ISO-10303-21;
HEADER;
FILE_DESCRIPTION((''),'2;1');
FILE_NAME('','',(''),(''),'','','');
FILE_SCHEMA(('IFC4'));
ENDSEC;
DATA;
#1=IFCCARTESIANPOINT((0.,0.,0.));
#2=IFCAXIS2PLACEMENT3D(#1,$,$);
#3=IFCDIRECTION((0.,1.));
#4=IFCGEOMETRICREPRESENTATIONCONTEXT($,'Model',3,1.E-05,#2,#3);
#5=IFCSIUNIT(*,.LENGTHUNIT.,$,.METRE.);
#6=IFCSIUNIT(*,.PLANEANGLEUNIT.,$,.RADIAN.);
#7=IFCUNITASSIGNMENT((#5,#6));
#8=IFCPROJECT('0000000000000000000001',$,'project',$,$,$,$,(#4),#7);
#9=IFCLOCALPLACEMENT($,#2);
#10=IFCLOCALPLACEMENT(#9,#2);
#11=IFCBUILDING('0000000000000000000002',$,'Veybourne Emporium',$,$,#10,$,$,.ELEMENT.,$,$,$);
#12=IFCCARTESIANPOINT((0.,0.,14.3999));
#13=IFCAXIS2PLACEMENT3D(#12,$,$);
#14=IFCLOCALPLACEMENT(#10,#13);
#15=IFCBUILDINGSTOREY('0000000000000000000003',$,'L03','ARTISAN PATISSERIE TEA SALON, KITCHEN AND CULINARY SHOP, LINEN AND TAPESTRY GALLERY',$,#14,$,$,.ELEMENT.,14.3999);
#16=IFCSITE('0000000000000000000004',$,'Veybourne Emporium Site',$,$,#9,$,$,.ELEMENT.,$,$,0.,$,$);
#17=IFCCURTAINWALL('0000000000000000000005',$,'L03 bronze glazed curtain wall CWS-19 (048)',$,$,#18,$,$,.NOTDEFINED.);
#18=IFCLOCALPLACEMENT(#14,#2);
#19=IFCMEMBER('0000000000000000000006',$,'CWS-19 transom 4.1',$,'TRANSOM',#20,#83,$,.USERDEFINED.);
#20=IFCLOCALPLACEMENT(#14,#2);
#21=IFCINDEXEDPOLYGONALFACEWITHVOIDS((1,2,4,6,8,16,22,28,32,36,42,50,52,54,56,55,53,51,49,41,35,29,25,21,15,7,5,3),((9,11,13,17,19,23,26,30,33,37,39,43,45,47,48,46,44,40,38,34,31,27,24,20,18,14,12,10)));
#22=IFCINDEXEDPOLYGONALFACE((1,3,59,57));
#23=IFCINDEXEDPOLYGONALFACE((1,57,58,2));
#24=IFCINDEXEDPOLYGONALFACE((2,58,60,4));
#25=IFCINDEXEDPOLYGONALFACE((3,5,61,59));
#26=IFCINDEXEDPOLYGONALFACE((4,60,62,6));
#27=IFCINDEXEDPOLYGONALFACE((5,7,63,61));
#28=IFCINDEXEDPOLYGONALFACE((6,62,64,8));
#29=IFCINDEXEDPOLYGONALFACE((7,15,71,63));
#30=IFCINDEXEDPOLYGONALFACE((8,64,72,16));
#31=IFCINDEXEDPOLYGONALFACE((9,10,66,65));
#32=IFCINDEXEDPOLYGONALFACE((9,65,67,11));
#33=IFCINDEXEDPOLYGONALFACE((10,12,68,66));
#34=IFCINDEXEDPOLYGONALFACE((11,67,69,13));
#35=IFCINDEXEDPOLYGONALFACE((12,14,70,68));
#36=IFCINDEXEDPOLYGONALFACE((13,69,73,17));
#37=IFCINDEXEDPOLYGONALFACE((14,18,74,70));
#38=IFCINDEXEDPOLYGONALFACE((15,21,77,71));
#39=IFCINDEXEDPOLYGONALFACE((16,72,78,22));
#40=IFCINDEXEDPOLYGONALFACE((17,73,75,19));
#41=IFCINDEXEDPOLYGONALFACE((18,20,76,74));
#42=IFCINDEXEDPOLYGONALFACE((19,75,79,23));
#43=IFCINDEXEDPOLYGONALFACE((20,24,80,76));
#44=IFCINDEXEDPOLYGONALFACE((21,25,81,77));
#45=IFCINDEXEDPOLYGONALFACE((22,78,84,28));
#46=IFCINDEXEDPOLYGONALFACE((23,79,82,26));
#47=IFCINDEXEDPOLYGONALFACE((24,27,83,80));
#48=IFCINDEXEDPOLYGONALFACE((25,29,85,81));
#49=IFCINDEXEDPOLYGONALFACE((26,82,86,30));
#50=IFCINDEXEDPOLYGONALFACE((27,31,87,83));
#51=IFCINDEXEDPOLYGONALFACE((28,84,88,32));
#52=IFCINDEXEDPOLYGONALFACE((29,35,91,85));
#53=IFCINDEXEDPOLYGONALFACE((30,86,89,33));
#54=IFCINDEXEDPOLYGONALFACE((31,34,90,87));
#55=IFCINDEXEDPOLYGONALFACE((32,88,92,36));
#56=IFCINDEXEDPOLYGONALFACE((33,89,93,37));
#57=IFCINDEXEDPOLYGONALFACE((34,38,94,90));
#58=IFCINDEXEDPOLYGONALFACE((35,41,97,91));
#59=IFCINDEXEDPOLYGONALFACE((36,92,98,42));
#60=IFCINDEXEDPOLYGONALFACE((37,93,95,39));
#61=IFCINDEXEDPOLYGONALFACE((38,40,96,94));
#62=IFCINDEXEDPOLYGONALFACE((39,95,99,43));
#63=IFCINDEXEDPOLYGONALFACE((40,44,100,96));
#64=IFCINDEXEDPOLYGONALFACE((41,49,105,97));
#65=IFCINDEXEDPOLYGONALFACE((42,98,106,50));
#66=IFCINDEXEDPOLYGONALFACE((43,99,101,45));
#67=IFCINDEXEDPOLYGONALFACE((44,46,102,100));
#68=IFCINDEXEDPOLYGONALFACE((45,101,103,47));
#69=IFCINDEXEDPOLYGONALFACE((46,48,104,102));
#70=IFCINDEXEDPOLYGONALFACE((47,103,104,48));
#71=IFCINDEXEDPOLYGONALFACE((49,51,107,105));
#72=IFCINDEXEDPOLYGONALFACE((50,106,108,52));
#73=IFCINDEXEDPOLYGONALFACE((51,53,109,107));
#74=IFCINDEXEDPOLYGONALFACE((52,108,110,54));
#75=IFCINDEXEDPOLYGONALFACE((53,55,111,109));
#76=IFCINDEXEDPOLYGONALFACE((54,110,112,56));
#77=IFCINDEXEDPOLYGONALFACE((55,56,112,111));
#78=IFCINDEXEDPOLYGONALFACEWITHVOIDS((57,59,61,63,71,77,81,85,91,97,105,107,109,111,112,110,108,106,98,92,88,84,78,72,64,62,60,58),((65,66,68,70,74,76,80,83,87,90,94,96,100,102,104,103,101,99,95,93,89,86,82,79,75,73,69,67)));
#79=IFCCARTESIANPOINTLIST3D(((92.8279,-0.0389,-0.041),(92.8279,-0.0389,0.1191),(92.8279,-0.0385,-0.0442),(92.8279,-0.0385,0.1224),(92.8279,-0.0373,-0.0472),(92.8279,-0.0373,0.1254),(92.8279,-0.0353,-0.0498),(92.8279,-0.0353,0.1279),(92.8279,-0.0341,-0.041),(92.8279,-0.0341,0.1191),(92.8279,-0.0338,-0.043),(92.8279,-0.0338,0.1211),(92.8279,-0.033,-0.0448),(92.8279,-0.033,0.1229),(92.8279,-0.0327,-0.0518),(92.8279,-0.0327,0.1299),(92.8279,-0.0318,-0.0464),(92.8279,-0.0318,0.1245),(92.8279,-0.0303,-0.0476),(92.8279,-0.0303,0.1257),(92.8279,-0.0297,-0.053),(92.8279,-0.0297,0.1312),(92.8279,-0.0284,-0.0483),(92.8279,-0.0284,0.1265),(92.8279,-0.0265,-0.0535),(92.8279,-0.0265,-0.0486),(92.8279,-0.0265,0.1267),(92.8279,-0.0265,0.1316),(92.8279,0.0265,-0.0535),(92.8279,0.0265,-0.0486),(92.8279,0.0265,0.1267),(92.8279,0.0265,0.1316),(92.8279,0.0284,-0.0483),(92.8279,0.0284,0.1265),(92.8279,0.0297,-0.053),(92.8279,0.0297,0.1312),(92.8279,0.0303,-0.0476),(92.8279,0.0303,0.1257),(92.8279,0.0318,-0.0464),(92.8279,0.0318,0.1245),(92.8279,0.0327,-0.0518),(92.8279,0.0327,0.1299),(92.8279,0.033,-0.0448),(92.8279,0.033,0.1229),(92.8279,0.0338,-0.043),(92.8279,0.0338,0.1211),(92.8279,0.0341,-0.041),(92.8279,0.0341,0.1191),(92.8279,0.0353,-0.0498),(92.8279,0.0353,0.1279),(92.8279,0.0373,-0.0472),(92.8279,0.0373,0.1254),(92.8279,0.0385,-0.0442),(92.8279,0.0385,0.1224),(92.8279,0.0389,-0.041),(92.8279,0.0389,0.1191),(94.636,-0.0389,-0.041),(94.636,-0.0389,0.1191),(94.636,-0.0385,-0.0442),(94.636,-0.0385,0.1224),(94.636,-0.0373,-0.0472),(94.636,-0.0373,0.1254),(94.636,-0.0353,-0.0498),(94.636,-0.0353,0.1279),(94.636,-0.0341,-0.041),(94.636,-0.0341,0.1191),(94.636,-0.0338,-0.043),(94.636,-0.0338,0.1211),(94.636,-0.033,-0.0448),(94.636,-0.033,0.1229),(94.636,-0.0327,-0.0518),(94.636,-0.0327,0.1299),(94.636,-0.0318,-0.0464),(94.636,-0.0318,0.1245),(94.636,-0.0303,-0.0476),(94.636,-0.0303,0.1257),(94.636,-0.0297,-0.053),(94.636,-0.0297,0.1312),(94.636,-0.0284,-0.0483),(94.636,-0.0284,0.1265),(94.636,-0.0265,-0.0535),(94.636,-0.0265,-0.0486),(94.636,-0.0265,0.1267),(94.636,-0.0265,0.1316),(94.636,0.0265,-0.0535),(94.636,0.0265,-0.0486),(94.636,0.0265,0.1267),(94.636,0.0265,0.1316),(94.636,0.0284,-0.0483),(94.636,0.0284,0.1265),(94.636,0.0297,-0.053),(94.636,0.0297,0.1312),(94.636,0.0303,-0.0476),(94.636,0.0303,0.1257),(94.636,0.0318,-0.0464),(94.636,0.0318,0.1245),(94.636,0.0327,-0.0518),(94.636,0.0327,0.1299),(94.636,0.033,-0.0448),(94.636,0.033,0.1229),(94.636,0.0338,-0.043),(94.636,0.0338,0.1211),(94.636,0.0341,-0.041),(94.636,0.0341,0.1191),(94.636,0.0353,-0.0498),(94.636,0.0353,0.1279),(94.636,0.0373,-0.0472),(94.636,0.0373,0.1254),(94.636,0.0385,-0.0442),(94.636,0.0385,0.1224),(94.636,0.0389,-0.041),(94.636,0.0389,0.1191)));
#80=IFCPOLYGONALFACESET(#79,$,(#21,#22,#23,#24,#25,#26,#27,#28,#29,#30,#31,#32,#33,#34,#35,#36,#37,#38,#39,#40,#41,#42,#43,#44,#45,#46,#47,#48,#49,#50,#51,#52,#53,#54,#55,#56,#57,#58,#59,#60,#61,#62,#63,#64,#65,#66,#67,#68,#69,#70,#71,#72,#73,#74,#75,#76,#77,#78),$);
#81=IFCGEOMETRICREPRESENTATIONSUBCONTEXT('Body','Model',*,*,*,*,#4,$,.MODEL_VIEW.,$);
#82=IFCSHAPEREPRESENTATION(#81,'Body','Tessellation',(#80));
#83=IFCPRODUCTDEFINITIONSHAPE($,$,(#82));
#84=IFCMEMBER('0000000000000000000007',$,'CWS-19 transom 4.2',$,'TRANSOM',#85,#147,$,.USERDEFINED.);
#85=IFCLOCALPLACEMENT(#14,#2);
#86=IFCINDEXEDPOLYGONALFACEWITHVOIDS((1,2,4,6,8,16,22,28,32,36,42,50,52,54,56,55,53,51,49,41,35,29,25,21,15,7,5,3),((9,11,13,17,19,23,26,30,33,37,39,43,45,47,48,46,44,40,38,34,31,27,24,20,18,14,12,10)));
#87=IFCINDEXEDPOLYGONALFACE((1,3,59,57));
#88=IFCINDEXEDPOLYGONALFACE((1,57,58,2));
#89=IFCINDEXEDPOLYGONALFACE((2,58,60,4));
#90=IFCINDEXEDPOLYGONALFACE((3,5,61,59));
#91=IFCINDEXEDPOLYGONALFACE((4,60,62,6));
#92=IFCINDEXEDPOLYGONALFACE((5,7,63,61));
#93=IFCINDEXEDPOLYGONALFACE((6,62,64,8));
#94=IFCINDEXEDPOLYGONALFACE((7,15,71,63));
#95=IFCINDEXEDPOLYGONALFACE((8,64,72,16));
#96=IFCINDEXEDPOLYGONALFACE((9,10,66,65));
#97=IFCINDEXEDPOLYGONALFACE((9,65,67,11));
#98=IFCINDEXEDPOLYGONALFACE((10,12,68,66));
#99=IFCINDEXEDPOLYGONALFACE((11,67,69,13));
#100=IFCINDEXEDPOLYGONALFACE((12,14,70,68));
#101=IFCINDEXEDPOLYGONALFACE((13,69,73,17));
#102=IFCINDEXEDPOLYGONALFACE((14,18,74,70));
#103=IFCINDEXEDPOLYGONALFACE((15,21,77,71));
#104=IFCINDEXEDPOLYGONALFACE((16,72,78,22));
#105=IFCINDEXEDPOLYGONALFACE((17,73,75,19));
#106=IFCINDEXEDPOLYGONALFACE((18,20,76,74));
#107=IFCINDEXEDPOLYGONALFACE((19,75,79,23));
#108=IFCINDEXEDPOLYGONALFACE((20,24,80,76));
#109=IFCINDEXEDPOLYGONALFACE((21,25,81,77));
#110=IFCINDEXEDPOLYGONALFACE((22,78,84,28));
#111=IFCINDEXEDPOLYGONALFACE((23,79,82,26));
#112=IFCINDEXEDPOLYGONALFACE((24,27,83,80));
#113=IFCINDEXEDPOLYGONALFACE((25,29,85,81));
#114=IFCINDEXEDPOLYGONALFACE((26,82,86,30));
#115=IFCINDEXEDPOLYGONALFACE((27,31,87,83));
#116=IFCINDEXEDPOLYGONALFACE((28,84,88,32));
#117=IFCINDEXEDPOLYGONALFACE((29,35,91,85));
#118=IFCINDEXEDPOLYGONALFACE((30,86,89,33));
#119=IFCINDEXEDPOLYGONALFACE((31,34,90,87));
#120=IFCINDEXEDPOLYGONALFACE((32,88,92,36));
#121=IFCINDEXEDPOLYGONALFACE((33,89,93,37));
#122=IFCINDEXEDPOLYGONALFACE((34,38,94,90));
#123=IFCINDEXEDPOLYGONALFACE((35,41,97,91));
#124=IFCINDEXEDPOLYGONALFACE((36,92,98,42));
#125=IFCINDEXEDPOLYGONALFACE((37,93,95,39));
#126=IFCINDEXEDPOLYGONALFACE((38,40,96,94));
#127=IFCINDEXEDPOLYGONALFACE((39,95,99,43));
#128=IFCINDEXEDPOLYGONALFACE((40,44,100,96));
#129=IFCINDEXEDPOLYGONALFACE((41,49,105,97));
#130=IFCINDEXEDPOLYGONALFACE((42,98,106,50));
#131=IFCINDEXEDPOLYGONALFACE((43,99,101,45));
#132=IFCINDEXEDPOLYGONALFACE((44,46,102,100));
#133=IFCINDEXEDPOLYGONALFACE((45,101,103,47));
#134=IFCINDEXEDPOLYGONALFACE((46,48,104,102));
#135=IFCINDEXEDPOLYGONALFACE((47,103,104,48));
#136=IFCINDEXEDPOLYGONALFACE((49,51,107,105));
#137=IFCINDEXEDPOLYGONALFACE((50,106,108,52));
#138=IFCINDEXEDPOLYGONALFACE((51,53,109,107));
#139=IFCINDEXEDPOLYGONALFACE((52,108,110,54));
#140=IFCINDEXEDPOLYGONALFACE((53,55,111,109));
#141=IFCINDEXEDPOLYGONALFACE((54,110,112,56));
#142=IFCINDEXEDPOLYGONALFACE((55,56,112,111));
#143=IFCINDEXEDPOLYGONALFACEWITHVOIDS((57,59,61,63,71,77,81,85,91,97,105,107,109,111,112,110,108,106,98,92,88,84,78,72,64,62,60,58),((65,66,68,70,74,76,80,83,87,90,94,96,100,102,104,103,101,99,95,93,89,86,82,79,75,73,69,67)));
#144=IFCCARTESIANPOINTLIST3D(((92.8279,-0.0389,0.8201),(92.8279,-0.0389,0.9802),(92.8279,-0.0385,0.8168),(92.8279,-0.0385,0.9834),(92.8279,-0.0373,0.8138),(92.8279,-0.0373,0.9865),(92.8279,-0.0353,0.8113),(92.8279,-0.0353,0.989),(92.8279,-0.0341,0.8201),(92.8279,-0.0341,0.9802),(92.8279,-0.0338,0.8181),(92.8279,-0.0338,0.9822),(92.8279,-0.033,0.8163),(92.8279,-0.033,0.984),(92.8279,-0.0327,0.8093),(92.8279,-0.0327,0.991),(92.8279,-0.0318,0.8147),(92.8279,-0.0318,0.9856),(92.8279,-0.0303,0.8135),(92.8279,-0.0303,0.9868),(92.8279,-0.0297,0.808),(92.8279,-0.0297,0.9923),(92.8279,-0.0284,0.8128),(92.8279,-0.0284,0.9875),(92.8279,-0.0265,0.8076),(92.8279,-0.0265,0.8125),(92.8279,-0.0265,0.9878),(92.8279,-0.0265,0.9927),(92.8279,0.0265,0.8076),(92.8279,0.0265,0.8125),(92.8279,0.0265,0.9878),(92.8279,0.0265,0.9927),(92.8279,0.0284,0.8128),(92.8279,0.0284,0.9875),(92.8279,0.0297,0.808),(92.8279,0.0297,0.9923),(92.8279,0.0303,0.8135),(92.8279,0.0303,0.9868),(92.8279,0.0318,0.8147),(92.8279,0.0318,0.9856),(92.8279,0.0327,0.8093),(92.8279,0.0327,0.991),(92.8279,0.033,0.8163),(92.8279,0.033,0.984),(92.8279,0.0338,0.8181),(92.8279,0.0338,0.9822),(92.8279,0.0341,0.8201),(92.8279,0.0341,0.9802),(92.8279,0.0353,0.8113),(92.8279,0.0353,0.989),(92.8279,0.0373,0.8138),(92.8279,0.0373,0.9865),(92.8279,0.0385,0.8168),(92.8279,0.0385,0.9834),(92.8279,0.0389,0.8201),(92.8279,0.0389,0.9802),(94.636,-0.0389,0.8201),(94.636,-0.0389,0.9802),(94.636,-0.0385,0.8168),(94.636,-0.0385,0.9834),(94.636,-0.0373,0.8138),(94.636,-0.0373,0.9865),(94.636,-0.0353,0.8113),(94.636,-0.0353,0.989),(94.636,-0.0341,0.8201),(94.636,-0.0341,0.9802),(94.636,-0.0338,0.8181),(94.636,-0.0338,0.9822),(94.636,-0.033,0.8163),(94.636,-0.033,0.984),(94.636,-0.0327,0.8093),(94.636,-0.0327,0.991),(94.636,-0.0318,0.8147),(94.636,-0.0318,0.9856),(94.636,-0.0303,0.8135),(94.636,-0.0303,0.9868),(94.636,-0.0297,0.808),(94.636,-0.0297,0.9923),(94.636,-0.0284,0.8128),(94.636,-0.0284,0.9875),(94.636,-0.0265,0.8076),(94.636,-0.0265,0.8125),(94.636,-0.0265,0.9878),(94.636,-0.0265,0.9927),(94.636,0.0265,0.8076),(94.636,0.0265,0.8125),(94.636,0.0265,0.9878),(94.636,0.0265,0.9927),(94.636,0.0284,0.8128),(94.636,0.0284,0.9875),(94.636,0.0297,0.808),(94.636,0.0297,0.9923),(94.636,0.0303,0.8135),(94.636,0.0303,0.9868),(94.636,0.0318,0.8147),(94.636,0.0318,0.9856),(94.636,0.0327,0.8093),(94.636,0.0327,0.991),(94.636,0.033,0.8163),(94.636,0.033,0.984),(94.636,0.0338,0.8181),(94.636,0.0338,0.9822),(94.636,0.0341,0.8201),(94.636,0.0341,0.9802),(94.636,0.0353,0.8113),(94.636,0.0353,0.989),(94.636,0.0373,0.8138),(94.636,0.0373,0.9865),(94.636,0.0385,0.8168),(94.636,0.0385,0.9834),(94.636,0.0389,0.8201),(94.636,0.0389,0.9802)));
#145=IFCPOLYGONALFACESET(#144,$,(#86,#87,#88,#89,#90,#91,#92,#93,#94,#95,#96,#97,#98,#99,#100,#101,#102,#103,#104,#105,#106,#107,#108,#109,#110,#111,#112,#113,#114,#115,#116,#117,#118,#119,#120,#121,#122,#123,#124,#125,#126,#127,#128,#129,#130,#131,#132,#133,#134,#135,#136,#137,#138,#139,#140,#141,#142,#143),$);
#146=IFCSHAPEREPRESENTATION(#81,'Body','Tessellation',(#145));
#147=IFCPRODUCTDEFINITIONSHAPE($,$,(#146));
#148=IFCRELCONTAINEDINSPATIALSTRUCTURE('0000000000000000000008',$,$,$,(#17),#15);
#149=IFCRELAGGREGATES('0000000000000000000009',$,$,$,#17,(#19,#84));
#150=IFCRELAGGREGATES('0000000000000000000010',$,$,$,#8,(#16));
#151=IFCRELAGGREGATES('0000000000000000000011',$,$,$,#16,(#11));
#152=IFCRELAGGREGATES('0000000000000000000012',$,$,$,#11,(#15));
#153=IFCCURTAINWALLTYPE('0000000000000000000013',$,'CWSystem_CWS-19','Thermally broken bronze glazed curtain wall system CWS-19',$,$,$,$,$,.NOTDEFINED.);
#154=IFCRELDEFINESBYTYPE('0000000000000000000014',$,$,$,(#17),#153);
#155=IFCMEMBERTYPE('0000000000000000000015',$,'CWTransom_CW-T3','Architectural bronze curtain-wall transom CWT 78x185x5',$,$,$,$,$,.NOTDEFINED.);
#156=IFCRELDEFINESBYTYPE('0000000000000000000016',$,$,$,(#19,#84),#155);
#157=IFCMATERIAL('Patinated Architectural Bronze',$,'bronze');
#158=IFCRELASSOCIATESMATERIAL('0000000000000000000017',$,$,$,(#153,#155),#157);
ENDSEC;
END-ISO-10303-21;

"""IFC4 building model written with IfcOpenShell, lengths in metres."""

from ifc_helpers import new_model, si_unit, direction, frame, origin, origin_2d, place, context, subcontext, project, spatial, hollow_rectangle, extrude, material, material_profile, profile_set, type_object, element, aggregate, save


model = new_model("IFC4")

# Units and contexts
model_context = context("Model", 3, precision=1e-05, world=origin(), true_north=direction((0.0, 1.0)))
body_context = subcontext(model_context, "Body", "Model", "MODEL_VIEW")
ifc_project = project(units=[si_unit("LENGTHUNIT", "METRE"), si_unit("PLANEANGLEUNIT", "RADIAN")], contexts=[model_context])

# Site, building, storey
site_placement = place(None, origin())
site = spatial("IfcSite", under=ifc_project, at=site_placement, Name="Veybourne Emporium Site", CompositionType="ELEMENT", RefElevation=0.0)
building_placement = place(site_placement, origin())
building = spatial("IfcBuilding", under=site, at=building_placement, Name="Veybourne Emporium", CompositionType="ELEMENT")
storey_placement = place(building_placement, frame((0.0, 0.0, 14.3999)))
storey = spatial("IfcBuildingStorey", under=building, at=storey_placement, Name="L03", Description="ARTISAN PATISSERIE TEA SALON, KITCHEN AND CULINARY SHOP, LINEN AND TAPESTRY GALLERY", CompositionType="ELEMENT", Elevation=14.3999)

# Curtain wall, members
ifc_material_1 = material(Name="Patinated Architectural Bronze", Category="bronze")
curtain_wall_type = type_object("IfcCurtainWallType", Name="CWSystem_CWS-19", Description="Thermally broken bronze glazed curtain wall system CWS-19", PredefinedType="NOTDEFINED", material=ifc_material_1)
curtain_wall_placement = place(storey_placement, origin())
curtain_wall = element("IfcCurtainWall", 1, at=curtain_wall_placement, inside=storey, type_object=curtain_wall_type, Name="L03 bronze glazed curtain wall CWS-19 (048)", PredefinedType="NOTDEFINED")
ifc_material_profile_1 = material_profile(ifc_material_1, hollow_rectangle(XDim=0.0779, YDim=0.1851, WallThickness=0.0049, InnerFilletRadius=0.0076, OuterFilletRadius=0.0125, at=origin_2d()), Name="CWT 78x185x5")
ifc_profile_set_1 = profile_set([ifc_material_profile_1], Name="Patinated Architectural Bronze")
member_type_1 = type_object("IfcMemberType", Name="CWTransom_CW-T3", Description="Architectural bronze curtain-wall transom CWT 78x185x5", PredefinedType="NOTDEFINED", material=ifc_profile_set_1)
member_1_placement = place(storey_placement, frame((94.636, 0.0, 0.0391), z_axis=(-1.0, 0.0, 0.0), x_axis=(0.0, -1.0, 0.0)))
member_1 = element("IfcMember", 2, at=member_1_placement, type_object=member_type_1, Name="CWS-19 transom 4.1", ObjectType="TRANSOM", PredefinedType="USERDEFINED", context=body_context, shape_type="SweptSolid", body=[
    extrude(hollow_rectangle(XDim=0.0779, YDim=0.1851, WallThickness=0.0049, InnerFilletRadius=0.0076, OuterFilletRadius=0.0125, at=origin_2d()), origin(), (0.0, 0.0, 1.0), 1.8081),
])
member_2_placement = place(storey_placement, frame((94.636, 0.0, 0.9001), z_axis=(-1.0, 0.0, 0.0), x_axis=(0.0, -1.0, 0.0)))
member_2 = element("IfcMember", 3, at=member_2_placement, type_object=member_type_1, Name="CWS-19 transom 4.2", ObjectType="TRANSOM", PredefinedType="USERDEFINED", context=body_context, shape_type="SweptSolid", body=[
    extrude(hollow_rectangle(XDim=0.0779, YDim=0.1851, WallThickness=0.0049, InnerFilletRadius=0.0076, OuterFilletRadius=0.0125, at=origin_2d()), origin(), (0.0, 0.0, 1.0), 1.8081),
])

aggregate(curtain_wall, [member_1, member_2])

save(model, "model.ifc")
